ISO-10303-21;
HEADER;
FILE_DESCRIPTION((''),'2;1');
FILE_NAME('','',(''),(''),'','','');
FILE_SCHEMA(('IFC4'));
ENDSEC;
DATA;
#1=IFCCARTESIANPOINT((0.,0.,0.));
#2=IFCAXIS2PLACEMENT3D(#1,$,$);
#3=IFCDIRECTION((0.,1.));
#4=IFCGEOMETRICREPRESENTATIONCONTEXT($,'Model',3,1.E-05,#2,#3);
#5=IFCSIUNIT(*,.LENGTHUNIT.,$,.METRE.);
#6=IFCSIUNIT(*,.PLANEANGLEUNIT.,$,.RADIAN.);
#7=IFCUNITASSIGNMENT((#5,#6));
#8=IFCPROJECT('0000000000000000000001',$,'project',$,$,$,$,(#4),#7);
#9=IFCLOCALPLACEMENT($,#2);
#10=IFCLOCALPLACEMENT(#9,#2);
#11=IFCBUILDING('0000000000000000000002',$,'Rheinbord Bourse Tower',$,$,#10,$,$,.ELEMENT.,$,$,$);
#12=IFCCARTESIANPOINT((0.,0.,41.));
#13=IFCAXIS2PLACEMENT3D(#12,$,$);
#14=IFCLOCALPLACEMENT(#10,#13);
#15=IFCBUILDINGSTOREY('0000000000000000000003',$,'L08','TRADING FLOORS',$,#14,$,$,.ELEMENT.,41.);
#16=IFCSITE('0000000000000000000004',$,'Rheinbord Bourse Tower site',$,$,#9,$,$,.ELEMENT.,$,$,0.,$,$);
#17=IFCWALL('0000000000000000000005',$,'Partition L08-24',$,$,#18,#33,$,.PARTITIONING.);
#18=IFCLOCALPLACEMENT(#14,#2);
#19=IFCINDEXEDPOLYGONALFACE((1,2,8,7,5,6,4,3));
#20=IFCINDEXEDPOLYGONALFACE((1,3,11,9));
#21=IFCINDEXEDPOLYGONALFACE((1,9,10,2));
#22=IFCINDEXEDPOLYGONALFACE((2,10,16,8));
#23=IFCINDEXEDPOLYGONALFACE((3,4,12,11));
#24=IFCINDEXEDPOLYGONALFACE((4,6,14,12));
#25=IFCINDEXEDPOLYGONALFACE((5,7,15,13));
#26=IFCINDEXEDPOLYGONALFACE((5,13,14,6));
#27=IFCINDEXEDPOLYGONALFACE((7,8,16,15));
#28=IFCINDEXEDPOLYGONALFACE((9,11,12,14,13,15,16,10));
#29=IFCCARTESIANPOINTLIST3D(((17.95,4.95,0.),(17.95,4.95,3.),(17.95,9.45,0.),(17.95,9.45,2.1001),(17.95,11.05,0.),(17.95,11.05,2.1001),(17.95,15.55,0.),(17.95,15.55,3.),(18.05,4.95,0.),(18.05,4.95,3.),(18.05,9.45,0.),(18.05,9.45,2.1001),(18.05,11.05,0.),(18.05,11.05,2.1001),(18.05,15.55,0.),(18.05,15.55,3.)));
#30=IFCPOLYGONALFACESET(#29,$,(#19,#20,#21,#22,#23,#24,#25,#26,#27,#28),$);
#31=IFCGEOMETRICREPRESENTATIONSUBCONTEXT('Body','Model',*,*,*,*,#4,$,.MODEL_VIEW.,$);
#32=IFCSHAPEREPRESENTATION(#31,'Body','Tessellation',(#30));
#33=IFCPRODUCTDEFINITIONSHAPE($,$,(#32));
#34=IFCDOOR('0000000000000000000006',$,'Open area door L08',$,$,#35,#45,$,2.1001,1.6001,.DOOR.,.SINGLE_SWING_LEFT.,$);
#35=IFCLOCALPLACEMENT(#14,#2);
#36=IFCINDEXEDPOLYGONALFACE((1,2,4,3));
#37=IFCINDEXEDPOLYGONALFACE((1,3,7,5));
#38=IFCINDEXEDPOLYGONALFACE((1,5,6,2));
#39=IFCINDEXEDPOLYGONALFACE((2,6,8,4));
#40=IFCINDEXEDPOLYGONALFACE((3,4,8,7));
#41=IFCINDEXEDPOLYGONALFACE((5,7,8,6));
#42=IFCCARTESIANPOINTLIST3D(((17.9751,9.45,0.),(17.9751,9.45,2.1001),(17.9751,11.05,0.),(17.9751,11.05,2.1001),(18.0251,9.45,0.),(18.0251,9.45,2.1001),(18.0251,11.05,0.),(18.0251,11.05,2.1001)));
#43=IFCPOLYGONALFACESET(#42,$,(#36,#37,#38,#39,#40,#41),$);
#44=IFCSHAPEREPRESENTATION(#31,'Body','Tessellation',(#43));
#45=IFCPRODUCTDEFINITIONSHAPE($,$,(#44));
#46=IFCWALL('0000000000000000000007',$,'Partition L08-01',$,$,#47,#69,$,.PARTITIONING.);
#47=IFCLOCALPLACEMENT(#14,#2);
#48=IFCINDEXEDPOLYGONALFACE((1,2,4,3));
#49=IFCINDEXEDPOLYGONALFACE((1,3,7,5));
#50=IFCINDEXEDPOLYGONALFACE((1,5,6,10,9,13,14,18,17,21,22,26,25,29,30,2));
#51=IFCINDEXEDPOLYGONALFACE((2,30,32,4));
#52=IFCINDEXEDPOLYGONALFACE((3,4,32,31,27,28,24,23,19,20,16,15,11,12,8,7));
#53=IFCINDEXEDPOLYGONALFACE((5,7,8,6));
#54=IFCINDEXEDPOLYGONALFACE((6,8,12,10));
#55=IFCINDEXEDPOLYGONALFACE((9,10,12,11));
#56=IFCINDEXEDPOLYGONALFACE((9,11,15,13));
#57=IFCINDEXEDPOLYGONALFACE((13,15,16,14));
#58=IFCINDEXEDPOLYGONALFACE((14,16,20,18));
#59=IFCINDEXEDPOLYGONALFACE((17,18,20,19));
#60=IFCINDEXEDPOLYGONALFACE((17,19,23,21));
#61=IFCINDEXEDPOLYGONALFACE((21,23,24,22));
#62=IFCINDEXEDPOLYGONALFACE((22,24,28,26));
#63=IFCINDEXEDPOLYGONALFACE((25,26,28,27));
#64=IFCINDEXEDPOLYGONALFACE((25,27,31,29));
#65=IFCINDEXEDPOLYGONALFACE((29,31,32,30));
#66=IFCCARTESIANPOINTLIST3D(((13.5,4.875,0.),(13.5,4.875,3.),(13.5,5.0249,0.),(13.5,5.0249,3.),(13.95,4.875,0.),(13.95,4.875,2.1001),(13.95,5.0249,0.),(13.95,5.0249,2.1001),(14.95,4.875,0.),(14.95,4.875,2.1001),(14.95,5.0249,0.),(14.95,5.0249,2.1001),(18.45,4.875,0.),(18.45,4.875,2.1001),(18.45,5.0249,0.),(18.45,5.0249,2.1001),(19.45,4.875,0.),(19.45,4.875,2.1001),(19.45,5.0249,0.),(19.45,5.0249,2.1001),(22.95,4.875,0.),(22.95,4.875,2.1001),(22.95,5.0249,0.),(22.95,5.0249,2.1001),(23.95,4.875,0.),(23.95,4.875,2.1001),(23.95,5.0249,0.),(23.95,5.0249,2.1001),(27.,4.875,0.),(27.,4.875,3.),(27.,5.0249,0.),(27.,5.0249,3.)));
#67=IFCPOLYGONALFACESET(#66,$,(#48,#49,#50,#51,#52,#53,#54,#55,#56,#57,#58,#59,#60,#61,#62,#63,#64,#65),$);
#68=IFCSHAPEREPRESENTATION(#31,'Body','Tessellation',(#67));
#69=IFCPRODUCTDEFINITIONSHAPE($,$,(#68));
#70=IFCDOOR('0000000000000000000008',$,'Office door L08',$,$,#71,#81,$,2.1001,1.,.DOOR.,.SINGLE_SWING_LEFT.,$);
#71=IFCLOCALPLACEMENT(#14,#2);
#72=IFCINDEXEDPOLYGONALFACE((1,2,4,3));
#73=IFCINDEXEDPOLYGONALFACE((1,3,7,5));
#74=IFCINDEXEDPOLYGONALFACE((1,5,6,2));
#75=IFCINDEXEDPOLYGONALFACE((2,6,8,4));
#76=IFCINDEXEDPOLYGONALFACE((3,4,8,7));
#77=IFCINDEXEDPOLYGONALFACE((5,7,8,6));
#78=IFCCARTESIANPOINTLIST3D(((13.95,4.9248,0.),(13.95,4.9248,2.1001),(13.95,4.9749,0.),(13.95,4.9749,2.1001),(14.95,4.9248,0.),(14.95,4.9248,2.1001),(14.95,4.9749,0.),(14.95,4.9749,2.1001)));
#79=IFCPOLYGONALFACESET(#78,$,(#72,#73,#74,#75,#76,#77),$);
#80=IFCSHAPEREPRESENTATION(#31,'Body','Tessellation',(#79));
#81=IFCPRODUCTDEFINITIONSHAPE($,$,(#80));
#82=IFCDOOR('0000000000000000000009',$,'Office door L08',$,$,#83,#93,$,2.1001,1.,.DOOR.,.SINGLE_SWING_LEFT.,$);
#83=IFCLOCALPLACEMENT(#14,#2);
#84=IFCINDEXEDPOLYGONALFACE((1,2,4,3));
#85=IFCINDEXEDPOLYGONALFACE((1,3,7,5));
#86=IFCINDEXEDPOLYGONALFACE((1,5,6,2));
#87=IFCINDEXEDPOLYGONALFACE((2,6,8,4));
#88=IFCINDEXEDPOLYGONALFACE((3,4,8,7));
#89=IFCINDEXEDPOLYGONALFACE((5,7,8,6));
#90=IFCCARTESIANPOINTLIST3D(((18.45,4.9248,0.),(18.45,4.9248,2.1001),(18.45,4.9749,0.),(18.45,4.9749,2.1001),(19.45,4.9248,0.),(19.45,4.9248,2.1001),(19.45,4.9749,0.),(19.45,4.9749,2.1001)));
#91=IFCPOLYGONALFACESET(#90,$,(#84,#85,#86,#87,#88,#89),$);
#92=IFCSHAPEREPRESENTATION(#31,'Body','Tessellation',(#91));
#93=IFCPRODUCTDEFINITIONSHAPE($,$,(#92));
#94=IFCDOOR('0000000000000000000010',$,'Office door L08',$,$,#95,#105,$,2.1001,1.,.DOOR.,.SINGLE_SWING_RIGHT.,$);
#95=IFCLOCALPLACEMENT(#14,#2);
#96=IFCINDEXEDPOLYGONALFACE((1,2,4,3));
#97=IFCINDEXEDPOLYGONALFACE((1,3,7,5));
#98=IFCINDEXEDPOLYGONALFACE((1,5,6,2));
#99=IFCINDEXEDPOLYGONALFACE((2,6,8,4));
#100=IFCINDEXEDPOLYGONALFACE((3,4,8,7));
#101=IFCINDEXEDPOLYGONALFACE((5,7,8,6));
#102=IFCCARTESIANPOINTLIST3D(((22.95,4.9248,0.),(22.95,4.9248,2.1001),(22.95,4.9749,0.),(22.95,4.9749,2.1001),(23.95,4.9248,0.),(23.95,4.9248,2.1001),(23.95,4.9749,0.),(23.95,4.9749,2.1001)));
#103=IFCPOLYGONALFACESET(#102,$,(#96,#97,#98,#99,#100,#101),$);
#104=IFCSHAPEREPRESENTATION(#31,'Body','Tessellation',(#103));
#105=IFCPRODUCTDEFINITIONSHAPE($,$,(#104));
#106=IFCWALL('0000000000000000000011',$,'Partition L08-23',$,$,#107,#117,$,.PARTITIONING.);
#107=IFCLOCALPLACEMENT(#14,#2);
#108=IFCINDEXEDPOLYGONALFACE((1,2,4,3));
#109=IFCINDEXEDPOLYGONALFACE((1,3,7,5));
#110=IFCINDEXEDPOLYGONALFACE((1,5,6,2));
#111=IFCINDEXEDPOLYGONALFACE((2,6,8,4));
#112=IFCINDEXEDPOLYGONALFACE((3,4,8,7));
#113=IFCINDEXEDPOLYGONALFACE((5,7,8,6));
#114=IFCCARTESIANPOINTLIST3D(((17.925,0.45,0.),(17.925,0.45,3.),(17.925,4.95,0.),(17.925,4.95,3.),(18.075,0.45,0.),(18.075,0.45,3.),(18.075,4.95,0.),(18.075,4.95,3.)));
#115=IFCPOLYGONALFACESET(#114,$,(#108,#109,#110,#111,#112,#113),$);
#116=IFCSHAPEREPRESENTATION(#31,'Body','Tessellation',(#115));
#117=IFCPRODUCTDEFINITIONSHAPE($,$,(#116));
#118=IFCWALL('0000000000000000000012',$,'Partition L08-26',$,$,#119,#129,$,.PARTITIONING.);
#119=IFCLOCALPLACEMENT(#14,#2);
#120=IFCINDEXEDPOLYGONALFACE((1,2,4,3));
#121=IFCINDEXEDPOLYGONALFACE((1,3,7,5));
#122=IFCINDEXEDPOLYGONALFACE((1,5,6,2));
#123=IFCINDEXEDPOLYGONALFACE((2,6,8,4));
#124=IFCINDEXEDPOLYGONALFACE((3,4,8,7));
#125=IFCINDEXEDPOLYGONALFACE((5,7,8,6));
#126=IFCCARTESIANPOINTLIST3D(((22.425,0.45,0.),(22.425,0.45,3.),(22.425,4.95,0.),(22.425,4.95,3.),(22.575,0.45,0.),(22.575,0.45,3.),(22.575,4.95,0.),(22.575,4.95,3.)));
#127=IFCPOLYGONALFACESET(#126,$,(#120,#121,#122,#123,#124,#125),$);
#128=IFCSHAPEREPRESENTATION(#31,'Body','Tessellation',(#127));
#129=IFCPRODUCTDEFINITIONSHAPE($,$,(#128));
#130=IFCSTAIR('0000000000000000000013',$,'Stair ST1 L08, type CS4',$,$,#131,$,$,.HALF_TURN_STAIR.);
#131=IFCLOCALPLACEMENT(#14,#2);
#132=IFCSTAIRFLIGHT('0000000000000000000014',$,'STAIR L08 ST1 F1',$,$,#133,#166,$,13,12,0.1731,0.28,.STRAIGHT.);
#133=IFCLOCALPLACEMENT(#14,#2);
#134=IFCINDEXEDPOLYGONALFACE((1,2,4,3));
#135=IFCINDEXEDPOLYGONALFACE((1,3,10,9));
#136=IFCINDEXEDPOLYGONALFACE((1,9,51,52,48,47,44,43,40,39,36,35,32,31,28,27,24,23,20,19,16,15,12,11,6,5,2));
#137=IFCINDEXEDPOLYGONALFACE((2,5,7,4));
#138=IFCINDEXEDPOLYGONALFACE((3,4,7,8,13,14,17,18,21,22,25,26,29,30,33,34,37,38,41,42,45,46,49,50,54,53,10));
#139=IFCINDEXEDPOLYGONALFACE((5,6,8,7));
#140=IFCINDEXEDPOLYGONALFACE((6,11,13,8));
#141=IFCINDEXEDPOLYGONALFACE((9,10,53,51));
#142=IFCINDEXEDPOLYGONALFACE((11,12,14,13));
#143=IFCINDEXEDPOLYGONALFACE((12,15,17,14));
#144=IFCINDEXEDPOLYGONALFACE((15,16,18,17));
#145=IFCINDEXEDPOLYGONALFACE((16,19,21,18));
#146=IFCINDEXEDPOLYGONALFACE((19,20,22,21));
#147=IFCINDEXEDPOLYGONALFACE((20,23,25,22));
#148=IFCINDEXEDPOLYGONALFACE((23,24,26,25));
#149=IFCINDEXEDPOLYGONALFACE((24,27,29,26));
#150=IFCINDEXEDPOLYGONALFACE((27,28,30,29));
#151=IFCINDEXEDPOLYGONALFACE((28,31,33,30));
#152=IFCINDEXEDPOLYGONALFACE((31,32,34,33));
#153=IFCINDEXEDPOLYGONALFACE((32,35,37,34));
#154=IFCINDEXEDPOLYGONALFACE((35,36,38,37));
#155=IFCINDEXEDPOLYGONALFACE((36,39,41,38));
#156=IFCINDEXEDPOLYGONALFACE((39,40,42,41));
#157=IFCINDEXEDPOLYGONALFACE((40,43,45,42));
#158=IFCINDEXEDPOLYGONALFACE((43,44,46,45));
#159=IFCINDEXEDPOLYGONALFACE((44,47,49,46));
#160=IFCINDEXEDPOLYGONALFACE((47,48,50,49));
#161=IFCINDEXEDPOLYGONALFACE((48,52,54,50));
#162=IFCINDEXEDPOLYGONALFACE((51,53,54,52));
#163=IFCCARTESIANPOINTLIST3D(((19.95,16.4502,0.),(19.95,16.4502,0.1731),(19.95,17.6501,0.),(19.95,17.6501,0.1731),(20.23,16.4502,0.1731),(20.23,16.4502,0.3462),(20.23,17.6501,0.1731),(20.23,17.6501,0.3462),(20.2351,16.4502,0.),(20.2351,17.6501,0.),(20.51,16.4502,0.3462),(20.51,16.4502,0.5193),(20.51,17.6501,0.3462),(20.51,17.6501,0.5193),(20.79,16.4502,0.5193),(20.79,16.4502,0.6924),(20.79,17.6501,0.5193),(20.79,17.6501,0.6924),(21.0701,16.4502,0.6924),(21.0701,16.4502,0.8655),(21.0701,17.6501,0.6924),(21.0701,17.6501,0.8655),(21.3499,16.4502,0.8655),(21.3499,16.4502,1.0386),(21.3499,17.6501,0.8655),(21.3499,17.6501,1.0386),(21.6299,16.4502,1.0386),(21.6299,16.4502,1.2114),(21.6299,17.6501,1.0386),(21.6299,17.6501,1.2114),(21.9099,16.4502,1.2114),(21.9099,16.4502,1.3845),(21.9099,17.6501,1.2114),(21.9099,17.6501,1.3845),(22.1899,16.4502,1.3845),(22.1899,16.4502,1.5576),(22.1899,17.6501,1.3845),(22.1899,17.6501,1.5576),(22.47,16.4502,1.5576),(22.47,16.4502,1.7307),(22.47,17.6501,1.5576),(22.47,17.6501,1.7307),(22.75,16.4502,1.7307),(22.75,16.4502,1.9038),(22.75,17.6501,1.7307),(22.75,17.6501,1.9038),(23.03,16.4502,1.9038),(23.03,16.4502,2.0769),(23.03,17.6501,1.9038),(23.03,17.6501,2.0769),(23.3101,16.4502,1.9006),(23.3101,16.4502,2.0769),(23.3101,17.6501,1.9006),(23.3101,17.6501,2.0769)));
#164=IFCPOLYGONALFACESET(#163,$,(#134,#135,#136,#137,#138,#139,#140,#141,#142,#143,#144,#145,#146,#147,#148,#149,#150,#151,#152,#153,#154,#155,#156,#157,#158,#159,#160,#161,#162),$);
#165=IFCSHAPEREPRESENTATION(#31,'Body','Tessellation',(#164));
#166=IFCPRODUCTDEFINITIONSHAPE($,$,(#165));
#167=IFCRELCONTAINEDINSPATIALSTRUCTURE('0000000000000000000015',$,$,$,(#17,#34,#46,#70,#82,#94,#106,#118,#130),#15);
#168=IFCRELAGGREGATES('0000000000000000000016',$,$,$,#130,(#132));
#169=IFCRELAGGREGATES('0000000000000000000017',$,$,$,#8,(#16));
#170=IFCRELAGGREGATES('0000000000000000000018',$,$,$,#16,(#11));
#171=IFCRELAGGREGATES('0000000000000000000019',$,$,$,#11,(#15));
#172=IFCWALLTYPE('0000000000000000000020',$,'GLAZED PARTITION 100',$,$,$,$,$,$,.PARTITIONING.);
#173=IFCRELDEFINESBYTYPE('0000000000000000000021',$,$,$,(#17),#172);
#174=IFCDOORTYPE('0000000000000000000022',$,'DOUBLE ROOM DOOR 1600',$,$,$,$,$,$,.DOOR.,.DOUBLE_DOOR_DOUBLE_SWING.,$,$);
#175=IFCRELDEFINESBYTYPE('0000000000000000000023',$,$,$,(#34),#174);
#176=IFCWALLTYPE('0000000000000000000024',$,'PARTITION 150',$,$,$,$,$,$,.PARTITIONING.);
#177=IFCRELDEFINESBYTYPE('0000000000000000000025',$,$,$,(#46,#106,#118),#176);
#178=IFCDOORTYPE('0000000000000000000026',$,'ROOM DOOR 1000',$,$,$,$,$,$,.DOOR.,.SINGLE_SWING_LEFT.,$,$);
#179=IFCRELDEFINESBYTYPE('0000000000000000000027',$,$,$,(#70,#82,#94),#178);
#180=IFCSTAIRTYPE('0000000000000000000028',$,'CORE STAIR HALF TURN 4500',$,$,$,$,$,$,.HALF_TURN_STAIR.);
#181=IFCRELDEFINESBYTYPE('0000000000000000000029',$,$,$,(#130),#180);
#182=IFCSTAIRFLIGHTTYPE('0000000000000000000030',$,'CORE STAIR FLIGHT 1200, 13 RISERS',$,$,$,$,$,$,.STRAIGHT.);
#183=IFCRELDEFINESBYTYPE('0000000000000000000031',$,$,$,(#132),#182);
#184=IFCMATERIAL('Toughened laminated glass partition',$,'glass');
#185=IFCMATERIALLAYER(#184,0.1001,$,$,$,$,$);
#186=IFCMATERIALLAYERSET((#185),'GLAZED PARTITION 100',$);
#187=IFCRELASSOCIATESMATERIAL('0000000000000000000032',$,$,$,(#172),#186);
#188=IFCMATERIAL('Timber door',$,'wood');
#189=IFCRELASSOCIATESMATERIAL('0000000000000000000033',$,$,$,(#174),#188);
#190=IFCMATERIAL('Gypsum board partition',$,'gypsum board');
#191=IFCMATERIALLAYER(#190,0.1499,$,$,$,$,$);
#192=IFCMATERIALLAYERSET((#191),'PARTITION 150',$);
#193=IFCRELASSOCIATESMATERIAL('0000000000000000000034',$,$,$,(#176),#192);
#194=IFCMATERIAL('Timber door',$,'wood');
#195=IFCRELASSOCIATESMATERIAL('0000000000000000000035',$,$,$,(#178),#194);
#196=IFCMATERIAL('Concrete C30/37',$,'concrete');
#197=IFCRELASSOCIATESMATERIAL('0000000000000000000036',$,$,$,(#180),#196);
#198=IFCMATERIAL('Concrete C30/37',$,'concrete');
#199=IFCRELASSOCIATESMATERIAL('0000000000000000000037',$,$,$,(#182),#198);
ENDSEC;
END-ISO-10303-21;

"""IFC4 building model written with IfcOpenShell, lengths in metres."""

from ifc_helpers import new_model, si_unit, direction, frame, frame_2d, origin, place, context, subcontext, project, spatial, polyline, rectangle, outline, extrude, material, layer, layer_set, type_object, element, fill, aggregate, save


model = new_model("IFC4")

# Units and contexts
model_context = context("Model", 3, precision=1e-05, world=origin(), true_north=direction((0.0, 1.0)))
body_context = subcontext(model_context, "Body", "Model", "MODEL_VIEW")
ifc_project = project(units=[si_unit("LENGTHUNIT", "METRE"), si_unit("PLANEANGLEUNIT", "RADIAN")], contexts=[model_context])

# Site, building, storey
site_placement = place(None, origin())
site = spatial("IfcSite", under=ifc_project, at=site_placement, Name="Rheinbord Bourse Tower site", CompositionType="ELEMENT", RefElevation=0.0)
building_placement = place(site_placement, origin())
building = spatial("IfcBuilding", under=site, at=building_placement, Name="Rheinbord Bourse Tower", CompositionType="ELEMENT")
storey_placement = place(building_placement, frame((0.0, 0.0, 41.0)))
storey = spatial("IfcBuildingStorey", under=building, at=storey_placement, Name="L08", Description="TRADING FLOORS", CompositionType="ELEMENT", Elevation=41.0)

# Wall, opening, door
ifc_material_1 = material(Name="Toughened laminated glass partition", Category="glass")
ifc_layer_1 = layer(ifc_material_1, 0.1001)
ifc_layer_set_1 = layer_set([ifc_layer_1], Name="GLAZED PARTITION 100")
wall_type_1 = type_object("IfcWallType", Name="GLAZED PARTITION 100", PredefinedType="PARTITIONING", material=ifc_layer_set_1)
wall_1_placement = place(storey_placement, frame((18.0, 4.95, 0.0), z_axis=(0.0, 0.0, 1.0), x_axis=(0.0, 1.0, 0.0)))
wall_1 = element("IfcWall", 1, at=wall_1_placement, inside=storey, type_object=wall_type_1, Name="Partition L08-24", PredefinedType="PARTITIONING", context=body_context, shape_type="SweptSolid", body=[
    extrude(rectangle(XDim=10.6001, YDim=0.1001, at=frame_2d((5.3, 0.0))), origin(), (0.0, 0.0, 1.0), 3.0),
])
opening_1_placement = place(wall_1_placement, frame((4.5, 0.0, 0.0)))
opening_1 = element("IfcOpeningElement", 2, at=opening_1_placement, cuts=wall_1, PredefinedType="OPENING", context=body_context, shape_type="SweptSolid", body=[
    extrude(rectangle(XDim=1.6001, YDim=2.1001, at=frame_2d((0.8, 1.05))), frame((0.0, 0.0601, 0.0), z_axis=(0.0, -1.0, 0.0), x_axis=(1.0, 0.0, 0.0)), (0.0, 0.0, 1.0), 0.1201),
])
ifc_material_2 = material(Name="Timber door", Category="wood")
door_type_1 = type_object("IfcDoorType", Name="DOUBLE ROOM DOOR 1600", OperationType="DOUBLE_DOOR_DOUBLE_SWING", PredefinedType="DOOR", material=ifc_material_2)
door_1_placement = place(opening_1_placement, origin())
door_1 = element("IfcDoor", 3, at=door_1_placement, inside=storey, type_object=door_type_1, Name="Open area door L08", OperationType="SINGLE_SWING_LEFT", OverallHeight=2.1001, OverallWidth=1.6001, PredefinedType="DOOR", context=body_context, shape_type="SweptSolid", body=[
    extrude(rectangle(XDim=1.6001, YDim=2.1001, at=frame_2d((0.8, 1.05))), frame((0.0, 0.0249, 0.0), z_axis=(0.0, -1.0, 0.0), x_axis=(1.0, 0.0, 0.0)), (0.0, 0.0, 1.0), 0.05),
])
fill(opening_1, door_1)

# Wall, openings, doors
ifc_material_3 = material(Name="Gypsum board partition", Category="gypsum board")
ifc_layer_2 = layer(ifc_material_3, 0.1499)
ifc_layer_set_2 = layer_set([ifc_layer_2], Name="PARTITION 150")
wall_type_2 = type_object("IfcWallType", Name="PARTITION 150", PredefinedType="PARTITIONING", material=ifc_layer_set_2)
wall_2_placement = place(storey_placement, frame((13.5, 4.95, 0.0), z_axis=(0.0, 0.0, 1.0), x_axis=(1.0, 0.0, 0.0)))
wall_2 = element("IfcWall", 4, at=wall_2_placement, inside=storey, type_object=wall_type_2, Name="Partition L08-01", PredefinedType="PARTITIONING", context=body_context, shape_type="SweptSolid", body=[
    extrude(rectangle(XDim=13.5, YDim=0.1499, at=frame_2d((6.75, 0.0))), origin(), (0.0, 0.0, 1.0), 3.0),
])
opening_2_placement = place(wall_2_placement, frame((0.45, 0.0, 0.0)))
opening_2 = element("IfcOpeningElement", 5, at=opening_2_placement, cuts=wall_2, PredefinedType="OPENING", context=body_context, shape_type="SweptSolid", body=[
    extrude(rectangle(XDim=1.0, YDim=2.1001, at=frame_2d((0.5, 1.05))), frame((0.0, 0.085, 0.0), z_axis=(0.0, -1.0, 0.0), x_axis=(1.0, 0.0, 0.0)), (0.0, 0.0, 1.0), 0.1699),
])
opening_3_placement = place(wall_2_placement, frame((4.95, 0.0, 0.0)))
opening_3 = element("IfcOpeningElement", 6, at=opening_3_placement, cuts=wall_2, PredefinedType="OPENING", context=body_context, shape_type="SweptSolid", body=[
    extrude(rectangle(XDim=1.0, YDim=2.1001, at=frame_2d((0.5, 1.05))), frame((0.0, 0.085, 0.0), z_axis=(0.0, -1.0, 0.0), x_axis=(1.0, 0.0, 0.0)), (0.0, 0.0, 1.0), 0.1699),
])
opening_4_placement = place(wall_2_placement, frame((9.45, 0.0, 0.0)))
opening_4 = element("IfcOpeningElement", 7, at=opening_4_placement, cuts=wall_2, PredefinedType="OPENING", context=body_context, shape_type="SweptSolid", body=[
    extrude(rectangle(XDim=1.0, YDim=2.1001, at=frame_2d((0.5, 1.05))), frame((0.0, 0.085, 0.0), z_axis=(0.0, -1.0, 0.0), x_axis=(1.0, 0.0, 0.0)), (0.0, 0.0, 1.0), 0.1699),
])
ifc_material_4 = material(Name="Timber door", Category="wood")
door_type_2 = type_object("IfcDoorType", Name="ROOM DOOR 1000", OperationType="SINGLE_SWING_LEFT", PredefinedType="DOOR", material=ifc_material_4)
door_2_placement = place(opening_2_placement, origin())
door_2 = element("IfcDoor", 8, at=door_2_placement, inside=storey, type_object=door_type_2, Name="Office door L08", OperationType="SINGLE_SWING_LEFT", OverallHeight=2.1001, OverallWidth=1.0, PredefinedType="DOOR", context=body_context, shape_type="SweptSolid", body=[
    extrude(rectangle(XDim=1.0, YDim=2.1001, at=frame_2d((0.5, 1.05))), frame((0.0, 0.0249, 0.0), z_axis=(0.0, -1.0, 0.0), x_axis=(1.0, 0.0, 0.0)), (0.0, 0.0, 1.0), 0.05),
])
fill(opening_2, door_2)
door_3_placement = place(opening_3_placement, origin())
door_3 = element("IfcDoor", 9, at=door_3_placement, inside=storey, type_object=door_type_2, Name="Office door L08", OperationType="SINGLE_SWING_LEFT", OverallHeight=2.1001, OverallWidth=1.0, PredefinedType="DOOR", context=body_context, shape_type="SweptSolid", body=[
    extrude(rectangle(XDim=1.0, YDim=2.1001, at=frame_2d((0.5, 1.05))), frame((0.0, 0.0249, 0.0), z_axis=(0.0, -1.0, 0.0), x_axis=(1.0, 0.0, 0.0)), (0.0, 0.0, 1.0), 0.05),
])
fill(opening_3, door_3)
door_4_placement = place(opening_4_placement, origin())
door_4 = element("IfcDoor", 10, at=door_4_placement, inside=storey, type_object=door_type_2, Name="Office door L08", OperationType="SINGLE_SWING_RIGHT", OverallHeight=2.1001, OverallWidth=1.0, PredefinedType="DOOR", context=body_context, shape_type="SweptSolid", body=[
    extrude(rectangle(XDim=1.0, YDim=2.1001, at=frame_2d((0.5, 1.05))), frame((0.0, 0.0249, 0.0), z_axis=(0.0, -1.0, 0.0), x_axis=(1.0, 0.0, 0.0)), (0.0, 0.0, 1.0), 0.05),
])
fill(opening_4, door_4)

# Walls
for number, where, z_axis, x_axis, name in (
    (11, (18.0, 0.45, 0.0), (0.0, 0.0, 1.0), (0.0, 1.0, 0.0), "Partition L08-23"),
    (12, (22.5, 0.45, 0.0), (0.0, 0.0, 1.0), (0.0, 1.0, 0.0), "Partition L08-26"),
):
    element("IfcWall", number, at=place(storey_placement, frame(where, z_axis=z_axis, x_axis=x_axis)), inside=storey, type_object=wall_type_2, Name=name, PredefinedType="PARTITIONING", context=body_context, shape_type="SweptSolid", body=[
        extrude(rectangle(XDim=4.5, YDim=0.1499, at=frame_2d((2.25, 0.0))), origin(), (0.0, 0.0, 1.0), 3.0),
    ])

# Stair, stair flight
ifc_material_5 = material(Name="Concrete C30/37", Category="concrete")
stair_type = type_object("IfcStairType", Name="CORE STAIR HALF TURN 4500", PredefinedType="HALF_TURN_STAIR", material=ifc_material_5)
stair_placement = place(storey_placement, origin())
stair = element("IfcStair", 13, at=stair_placement, inside=storey, type_object=stair_type, Name="Stair ST1 L08, type CS4", PredefinedType="HALF_TURN_STAIR")
ifc_material_6 = material(Name="Concrete C30/37", Category="concrete")
stair_flight_type = type_object("IfcStairFlightType", Name="CORE STAIR FLIGHT 1200, 13 RISERS", PredefinedType="STRAIGHT", material=ifc_material_6)
stair_flight_1_placement = place(storey_placement, frame((19.95, 17.05, 0.0), z_axis=(0.0, 0.0, 1.0), x_axis=(1.0, 0.0, 0.0)))
stair_flight_1 = element("IfcStairFlight", 14, at=stair_flight_1_placement, type_object=stair_flight_type, Name="STAIR L08 ST1 F1", NumberOfRisers=13, NumberOfTreads=12, PredefinedType="STRAIGHT", RiserHeight=0.1731, TreadLength=0.28, context=body_context, shape_type="SweptSolid", body=[
    extrude(outline(polyline([(0.0, 0.0), (0.0, 0.1731), (0.28, 0.1731), (0.28, 0.3462), (0.5601, 0.3462), (0.5601, 0.5193), (0.8401, 0.5193), (0.8401, 0.6924), (1.1201, 0.6924), (1.1201, 0.8655), (1.3999, 0.8655), (1.3999, 1.0386), (1.6799, 1.0386), (1.6799, 1.2114), (1.96, 1.2114), (1.96, 1.3845), (2.24, 1.3845), (2.24, 1.5576), (2.52, 1.5576), (2.52, 1.7307), (2.8, 1.7307), (2.8, 1.9038), (3.0801, 1.9038), (3.0801, 2.0769), (3.3601, 2.0769), (3.3601, 2.25), (3.3601, 1.9006), (0.2852, 0.0), (0.0, 0.0)])), frame((0.0, 0.6001, 0.0), z_axis=(0.0, -1.0, 0.0), x_axis=(1.0, 0.0, 0.0)), (0.0, 0.0, 1.0), 1.2),
])
aggregate(stair, [stair_flight_1])

save(model, "model.ifc")
